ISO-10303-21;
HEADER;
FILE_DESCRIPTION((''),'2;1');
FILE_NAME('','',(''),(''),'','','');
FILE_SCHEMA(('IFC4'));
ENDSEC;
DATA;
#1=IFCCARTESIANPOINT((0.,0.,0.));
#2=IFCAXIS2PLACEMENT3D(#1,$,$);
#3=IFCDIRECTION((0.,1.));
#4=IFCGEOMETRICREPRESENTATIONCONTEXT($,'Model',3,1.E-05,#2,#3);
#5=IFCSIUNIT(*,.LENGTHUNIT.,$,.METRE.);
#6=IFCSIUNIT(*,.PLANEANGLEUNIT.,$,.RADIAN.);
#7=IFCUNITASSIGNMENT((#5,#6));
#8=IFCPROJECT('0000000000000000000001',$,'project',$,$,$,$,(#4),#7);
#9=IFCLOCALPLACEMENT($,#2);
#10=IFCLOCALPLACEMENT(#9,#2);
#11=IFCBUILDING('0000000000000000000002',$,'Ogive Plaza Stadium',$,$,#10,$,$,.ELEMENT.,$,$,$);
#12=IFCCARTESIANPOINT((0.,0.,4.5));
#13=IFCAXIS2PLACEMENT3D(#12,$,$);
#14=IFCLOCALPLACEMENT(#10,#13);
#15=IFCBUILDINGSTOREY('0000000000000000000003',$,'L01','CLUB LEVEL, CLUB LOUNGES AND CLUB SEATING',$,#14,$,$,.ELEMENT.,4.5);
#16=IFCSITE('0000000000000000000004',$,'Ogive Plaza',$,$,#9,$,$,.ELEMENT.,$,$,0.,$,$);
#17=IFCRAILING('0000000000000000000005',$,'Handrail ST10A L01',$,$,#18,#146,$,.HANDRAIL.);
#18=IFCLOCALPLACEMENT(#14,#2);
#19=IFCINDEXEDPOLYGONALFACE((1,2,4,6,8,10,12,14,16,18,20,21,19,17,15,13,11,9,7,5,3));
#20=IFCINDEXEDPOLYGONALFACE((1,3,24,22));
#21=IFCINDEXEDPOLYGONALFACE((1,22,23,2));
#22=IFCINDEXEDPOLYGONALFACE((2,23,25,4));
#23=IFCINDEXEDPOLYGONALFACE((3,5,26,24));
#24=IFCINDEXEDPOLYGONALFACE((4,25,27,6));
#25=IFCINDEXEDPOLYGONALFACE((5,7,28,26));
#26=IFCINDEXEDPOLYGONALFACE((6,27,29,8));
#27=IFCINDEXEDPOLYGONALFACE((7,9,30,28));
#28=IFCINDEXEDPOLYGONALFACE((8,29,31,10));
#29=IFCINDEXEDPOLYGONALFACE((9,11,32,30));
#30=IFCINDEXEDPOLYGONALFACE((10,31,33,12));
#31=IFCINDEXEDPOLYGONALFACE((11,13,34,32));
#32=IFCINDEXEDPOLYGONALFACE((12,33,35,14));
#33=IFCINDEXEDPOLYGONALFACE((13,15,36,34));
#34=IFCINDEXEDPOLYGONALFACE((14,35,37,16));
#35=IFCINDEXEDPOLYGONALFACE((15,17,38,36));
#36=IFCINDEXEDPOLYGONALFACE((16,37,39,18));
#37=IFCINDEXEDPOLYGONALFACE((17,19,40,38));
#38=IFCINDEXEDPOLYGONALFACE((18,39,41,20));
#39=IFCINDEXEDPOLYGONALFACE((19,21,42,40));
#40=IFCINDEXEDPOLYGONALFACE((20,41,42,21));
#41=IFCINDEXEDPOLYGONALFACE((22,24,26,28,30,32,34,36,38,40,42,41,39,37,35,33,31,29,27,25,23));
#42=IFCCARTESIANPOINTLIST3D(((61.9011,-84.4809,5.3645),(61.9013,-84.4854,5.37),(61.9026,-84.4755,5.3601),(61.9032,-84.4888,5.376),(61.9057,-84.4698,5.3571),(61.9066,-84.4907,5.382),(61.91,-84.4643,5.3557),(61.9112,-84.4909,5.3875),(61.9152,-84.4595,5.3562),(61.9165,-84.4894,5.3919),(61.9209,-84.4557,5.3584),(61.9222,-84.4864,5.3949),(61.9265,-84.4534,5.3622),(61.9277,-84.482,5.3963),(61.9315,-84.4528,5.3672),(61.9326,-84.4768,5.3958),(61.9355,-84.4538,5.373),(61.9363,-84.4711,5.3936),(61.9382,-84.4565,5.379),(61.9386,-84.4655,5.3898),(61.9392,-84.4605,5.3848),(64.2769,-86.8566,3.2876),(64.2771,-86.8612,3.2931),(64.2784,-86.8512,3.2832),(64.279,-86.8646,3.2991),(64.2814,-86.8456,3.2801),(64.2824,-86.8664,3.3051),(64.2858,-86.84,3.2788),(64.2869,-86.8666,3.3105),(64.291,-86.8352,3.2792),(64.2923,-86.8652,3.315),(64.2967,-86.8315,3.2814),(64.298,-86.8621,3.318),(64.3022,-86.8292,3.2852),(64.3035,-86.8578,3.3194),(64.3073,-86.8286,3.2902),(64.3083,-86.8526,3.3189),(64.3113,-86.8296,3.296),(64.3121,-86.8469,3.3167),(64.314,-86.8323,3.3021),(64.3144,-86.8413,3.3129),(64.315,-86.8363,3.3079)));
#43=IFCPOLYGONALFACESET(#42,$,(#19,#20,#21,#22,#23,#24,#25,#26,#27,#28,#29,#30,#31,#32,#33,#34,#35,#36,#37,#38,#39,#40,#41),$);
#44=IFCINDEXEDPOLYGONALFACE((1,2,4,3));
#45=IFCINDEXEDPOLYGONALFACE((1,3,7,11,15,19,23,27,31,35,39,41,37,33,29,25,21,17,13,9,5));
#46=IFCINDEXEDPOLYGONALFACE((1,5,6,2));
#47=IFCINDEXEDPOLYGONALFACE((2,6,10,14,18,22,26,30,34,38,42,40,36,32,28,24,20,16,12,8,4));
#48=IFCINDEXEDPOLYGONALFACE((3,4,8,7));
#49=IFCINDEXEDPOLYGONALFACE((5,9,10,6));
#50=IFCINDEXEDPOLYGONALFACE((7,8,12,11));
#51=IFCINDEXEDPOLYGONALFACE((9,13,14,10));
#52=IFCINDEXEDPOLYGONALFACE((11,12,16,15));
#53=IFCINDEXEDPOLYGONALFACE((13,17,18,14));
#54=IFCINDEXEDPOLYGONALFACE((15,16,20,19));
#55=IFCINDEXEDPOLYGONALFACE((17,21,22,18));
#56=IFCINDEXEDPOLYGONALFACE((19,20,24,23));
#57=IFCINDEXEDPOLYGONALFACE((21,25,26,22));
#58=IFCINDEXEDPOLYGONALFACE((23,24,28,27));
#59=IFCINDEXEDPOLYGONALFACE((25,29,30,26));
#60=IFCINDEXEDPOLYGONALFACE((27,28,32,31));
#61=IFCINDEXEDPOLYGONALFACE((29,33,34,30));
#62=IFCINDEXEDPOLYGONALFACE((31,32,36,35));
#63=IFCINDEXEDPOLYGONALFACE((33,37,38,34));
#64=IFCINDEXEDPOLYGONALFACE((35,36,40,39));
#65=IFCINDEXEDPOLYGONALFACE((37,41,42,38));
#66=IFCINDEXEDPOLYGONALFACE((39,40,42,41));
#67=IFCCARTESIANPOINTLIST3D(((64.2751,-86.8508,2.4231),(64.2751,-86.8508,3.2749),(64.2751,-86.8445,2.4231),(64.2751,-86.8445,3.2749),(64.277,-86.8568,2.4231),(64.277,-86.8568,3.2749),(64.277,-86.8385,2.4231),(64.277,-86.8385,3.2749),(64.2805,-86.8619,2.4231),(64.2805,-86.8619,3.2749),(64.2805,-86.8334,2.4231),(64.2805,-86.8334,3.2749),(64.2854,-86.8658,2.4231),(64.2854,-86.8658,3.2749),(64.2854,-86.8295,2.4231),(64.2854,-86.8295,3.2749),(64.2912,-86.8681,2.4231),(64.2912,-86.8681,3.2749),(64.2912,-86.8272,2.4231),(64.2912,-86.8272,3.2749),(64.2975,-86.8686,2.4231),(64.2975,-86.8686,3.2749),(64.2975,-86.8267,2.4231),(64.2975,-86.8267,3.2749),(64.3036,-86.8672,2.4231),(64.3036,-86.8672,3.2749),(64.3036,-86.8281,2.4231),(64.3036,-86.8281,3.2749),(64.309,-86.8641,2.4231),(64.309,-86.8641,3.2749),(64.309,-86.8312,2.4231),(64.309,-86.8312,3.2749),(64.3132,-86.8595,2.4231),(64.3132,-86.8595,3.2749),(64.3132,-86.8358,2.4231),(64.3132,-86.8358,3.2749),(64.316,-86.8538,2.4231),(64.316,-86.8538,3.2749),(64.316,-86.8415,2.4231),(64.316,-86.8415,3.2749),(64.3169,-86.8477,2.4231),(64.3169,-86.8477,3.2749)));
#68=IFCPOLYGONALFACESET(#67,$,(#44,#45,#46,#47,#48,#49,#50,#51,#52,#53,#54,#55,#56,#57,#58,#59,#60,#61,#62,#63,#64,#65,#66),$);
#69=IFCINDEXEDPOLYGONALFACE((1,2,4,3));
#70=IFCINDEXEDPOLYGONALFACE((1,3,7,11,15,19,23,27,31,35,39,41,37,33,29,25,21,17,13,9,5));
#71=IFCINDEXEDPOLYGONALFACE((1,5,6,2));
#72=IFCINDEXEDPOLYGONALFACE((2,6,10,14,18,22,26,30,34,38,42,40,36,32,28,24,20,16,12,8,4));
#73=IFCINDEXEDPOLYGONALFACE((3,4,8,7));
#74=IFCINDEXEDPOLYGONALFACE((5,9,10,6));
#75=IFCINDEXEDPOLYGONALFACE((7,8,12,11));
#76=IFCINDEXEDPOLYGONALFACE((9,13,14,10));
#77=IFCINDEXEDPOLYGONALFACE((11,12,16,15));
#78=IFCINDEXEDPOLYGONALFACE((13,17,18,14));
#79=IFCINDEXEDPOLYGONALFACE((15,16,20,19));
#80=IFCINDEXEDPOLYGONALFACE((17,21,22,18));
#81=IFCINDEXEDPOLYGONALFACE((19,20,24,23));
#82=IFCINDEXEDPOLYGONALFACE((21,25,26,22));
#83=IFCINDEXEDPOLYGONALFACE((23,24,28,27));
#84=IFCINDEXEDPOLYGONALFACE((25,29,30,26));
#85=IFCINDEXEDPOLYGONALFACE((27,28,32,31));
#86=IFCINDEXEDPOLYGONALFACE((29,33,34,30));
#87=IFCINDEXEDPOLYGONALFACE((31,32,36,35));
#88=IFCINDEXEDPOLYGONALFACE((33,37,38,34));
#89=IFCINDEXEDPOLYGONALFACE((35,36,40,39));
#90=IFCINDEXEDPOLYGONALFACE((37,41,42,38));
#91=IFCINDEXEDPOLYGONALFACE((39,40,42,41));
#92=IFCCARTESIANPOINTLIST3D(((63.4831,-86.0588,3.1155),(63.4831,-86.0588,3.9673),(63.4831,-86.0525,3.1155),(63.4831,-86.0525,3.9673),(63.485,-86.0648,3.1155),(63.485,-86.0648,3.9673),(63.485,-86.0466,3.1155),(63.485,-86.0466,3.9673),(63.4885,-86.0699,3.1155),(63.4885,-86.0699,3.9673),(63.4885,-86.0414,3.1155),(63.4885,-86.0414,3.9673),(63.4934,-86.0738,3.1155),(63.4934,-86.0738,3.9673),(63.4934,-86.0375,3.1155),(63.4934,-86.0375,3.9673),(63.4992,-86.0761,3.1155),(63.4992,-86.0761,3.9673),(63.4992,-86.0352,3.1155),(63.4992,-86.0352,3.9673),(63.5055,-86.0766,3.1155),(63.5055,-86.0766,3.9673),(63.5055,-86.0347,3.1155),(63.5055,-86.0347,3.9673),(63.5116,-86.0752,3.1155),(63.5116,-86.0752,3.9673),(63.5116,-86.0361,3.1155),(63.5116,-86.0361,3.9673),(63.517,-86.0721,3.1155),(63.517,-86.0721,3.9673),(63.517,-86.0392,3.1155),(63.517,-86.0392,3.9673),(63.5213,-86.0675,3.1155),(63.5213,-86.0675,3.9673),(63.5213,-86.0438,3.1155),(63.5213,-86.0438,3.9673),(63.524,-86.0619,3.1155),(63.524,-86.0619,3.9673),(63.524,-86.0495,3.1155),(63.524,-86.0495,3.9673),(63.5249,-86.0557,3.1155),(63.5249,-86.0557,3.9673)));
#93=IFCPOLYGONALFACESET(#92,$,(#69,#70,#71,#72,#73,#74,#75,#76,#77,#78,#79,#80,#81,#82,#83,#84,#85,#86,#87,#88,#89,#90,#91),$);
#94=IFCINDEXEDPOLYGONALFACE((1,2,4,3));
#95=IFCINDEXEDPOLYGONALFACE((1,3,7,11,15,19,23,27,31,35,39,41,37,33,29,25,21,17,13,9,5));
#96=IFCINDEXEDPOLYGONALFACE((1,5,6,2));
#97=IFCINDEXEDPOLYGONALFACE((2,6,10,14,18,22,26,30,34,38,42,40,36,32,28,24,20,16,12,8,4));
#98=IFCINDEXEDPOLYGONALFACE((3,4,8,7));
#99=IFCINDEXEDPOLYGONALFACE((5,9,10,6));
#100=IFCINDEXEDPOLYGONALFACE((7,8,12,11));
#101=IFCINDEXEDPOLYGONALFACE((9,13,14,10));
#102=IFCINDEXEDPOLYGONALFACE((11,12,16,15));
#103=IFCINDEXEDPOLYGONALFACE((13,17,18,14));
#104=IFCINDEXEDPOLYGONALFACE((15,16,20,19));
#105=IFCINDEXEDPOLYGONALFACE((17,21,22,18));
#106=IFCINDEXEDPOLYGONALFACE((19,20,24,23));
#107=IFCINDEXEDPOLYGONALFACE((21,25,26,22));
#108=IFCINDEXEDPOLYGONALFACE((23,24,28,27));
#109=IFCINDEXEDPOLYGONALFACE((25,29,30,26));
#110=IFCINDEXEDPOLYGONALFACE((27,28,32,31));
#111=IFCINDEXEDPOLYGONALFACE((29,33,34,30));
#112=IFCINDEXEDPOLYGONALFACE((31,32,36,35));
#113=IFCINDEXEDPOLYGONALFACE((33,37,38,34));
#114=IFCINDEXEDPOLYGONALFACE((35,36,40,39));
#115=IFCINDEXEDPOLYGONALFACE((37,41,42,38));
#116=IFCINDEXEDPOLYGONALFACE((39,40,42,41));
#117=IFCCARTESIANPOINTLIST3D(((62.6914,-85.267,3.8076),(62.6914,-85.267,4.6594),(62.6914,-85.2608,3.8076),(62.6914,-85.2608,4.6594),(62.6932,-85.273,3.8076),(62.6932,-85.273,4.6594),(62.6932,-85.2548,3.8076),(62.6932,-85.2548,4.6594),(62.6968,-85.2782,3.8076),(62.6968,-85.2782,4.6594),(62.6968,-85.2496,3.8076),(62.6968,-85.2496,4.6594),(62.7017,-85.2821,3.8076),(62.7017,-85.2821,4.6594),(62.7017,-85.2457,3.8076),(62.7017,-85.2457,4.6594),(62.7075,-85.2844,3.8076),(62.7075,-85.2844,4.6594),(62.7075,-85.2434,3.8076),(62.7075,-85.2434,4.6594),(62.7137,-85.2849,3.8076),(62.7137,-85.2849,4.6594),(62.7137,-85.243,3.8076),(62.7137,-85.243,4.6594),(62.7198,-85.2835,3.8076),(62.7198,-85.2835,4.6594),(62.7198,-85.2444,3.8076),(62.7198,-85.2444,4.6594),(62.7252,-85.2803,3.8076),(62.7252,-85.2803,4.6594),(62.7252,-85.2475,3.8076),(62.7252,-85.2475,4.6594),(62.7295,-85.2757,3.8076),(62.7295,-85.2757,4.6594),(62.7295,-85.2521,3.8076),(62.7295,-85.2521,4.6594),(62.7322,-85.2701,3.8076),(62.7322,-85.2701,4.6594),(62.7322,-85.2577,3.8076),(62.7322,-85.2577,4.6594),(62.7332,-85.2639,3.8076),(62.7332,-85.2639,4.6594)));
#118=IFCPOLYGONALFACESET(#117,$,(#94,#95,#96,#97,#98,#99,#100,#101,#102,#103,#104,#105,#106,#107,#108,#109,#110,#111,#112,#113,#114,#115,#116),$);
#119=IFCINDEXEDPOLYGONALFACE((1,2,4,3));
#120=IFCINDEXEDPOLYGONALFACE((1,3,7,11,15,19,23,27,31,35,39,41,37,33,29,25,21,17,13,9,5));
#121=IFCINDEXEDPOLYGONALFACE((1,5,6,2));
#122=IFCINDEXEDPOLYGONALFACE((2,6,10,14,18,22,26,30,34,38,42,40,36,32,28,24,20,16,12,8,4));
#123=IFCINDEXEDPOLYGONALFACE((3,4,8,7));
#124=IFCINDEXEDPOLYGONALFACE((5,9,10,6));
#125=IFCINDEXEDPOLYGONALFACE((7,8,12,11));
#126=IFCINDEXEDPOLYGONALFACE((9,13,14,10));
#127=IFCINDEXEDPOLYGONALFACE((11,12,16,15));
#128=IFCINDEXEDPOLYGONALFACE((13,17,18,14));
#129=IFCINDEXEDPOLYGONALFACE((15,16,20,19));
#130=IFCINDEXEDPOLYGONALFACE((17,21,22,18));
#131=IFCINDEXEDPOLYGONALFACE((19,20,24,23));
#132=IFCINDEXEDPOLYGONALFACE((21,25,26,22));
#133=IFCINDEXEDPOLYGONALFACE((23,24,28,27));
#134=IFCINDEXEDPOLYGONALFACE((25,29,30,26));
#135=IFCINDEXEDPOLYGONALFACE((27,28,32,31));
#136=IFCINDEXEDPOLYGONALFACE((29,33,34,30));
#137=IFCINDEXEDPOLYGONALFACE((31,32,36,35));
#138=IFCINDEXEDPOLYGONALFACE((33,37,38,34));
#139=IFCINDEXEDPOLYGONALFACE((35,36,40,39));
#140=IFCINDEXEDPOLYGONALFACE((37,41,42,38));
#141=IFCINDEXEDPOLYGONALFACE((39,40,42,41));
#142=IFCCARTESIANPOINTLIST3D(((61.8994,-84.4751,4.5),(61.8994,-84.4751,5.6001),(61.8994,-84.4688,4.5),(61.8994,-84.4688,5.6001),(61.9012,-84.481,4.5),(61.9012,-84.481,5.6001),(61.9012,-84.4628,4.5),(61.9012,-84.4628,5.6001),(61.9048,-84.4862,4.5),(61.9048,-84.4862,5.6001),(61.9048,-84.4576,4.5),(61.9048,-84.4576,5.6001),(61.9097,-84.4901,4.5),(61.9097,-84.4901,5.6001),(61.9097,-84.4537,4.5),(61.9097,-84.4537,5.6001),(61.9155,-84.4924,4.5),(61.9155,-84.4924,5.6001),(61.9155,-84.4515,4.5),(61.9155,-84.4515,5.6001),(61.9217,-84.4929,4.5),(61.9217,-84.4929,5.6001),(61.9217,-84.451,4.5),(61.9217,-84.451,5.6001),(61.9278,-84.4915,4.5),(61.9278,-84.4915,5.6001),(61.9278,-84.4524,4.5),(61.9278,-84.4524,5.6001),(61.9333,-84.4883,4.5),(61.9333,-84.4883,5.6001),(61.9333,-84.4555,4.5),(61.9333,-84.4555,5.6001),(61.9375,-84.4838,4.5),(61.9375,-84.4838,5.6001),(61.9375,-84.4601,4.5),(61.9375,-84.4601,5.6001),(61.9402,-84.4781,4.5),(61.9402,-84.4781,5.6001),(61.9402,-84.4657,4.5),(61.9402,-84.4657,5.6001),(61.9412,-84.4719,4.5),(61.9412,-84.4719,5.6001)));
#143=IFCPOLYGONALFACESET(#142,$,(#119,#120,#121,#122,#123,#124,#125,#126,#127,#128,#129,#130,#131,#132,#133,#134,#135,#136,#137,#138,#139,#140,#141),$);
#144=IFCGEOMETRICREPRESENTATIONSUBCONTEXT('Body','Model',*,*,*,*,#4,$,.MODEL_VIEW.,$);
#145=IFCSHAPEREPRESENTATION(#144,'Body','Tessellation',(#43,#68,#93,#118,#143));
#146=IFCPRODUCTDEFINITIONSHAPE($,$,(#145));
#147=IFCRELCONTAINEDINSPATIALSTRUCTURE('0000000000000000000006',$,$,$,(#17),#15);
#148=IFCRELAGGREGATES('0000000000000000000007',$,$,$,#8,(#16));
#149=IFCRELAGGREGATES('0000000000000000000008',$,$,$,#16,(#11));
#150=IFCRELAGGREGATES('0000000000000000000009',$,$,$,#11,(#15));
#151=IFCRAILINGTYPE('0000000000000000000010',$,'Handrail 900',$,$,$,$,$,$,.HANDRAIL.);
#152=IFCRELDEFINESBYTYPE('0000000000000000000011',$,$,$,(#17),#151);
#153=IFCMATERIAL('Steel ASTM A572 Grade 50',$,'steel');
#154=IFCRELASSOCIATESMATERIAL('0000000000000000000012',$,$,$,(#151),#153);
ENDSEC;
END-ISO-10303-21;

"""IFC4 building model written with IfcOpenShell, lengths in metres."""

from ifc_helpers import new_model, si_unit, direction, frame, origin, origin_2d, place, context, subcontext, project, spatial, circle, extrude, material, type_object, element, save


model = new_model("IFC4")

# Units and contexts
model_context = context("Model", 3, precision=1e-05, world=origin(), true_north=direction((0.0, 1.0)))
body_context = subcontext(model_context, "Body", "Model", "MODEL_VIEW")
ifc_project = project(units=[si_unit("LENGTHUNIT", "METRE"), si_unit("PLANEANGLEUNIT", "RADIAN")], contexts=[model_context])

# Site, building, storey
site_placement = place(None, origin())
site = spatial("IfcSite", under=ifc_project, at=site_placement, Name="Ogive Plaza", CompositionType="ELEMENT", RefElevation=0.0)
building_placement = place(site_placement, origin())
building = spatial("IfcBuilding", under=site, at=building_placement, Name="Ogive Plaza Stadium", CompositionType="ELEMENT")
storey_placement = place(building_placement, frame((0.0, 0.0, 4.5)))
storey = spatial("IfcBuildingStorey", under=building, at=storey_placement, Name="L01", Description="CLUB LEVEL, CLUB LOUNGES AND CLUB SEATING", CompositionType="ELEMENT", Elevation=4.5)

# Railing
ifc_material_1 = material(Name="Steel ASTM A572 Grade 50", Category="steel")
railing_type_1 = type_object("IfcRailingType", Name="Handrail 900", PredefinedType="HANDRAIL", material=ifc_material_1)
for number, where, name in (
    (1, (64.2959, -86.8477, 2.4231), "Handrail ST10A L01"),
):
    element("IfcRailing", number, at=place(storey_placement, frame(where)), inside=storey, type_object=railing_type_1, Name=name, PredefinedType="HANDRAIL", context=body_context, shape_type="SweptSolid", body=[
        extrude(circle(Radius=0.0239, at=origin_2d()), frame((0.0, 0.0, 0.876), z_axis=(-0.601466, 0.601466, 0.525811), x_axis=(-0.707107, -0.707107, 0.0)), (0.0, 0.0, 1.0), 3.95),
        extrude(circle(Radius=0.021, at=origin_2d()), origin(), (0.0, 0.0, 1.0), 0.8518),
        extrude(circle(Radius=0.021, at=origin_2d()), frame((-0.792, 0.792, 0.6924)), (0.0, 0.0, 1.0), 0.8518),
        extrude(circle(Radius=0.021, at=origin_2d()), frame((-1.5837, 1.5837, 1.3845)), (0.0, 0.0, 1.0), 0.8518),
        extrude(circle(Radius=0.021, at=origin_2d()), frame((-2.3757, 2.3757, 2.0769)), (0.0, 0.0, 1.0), 1.1001),
    ])

save(model, "model.ifc")
